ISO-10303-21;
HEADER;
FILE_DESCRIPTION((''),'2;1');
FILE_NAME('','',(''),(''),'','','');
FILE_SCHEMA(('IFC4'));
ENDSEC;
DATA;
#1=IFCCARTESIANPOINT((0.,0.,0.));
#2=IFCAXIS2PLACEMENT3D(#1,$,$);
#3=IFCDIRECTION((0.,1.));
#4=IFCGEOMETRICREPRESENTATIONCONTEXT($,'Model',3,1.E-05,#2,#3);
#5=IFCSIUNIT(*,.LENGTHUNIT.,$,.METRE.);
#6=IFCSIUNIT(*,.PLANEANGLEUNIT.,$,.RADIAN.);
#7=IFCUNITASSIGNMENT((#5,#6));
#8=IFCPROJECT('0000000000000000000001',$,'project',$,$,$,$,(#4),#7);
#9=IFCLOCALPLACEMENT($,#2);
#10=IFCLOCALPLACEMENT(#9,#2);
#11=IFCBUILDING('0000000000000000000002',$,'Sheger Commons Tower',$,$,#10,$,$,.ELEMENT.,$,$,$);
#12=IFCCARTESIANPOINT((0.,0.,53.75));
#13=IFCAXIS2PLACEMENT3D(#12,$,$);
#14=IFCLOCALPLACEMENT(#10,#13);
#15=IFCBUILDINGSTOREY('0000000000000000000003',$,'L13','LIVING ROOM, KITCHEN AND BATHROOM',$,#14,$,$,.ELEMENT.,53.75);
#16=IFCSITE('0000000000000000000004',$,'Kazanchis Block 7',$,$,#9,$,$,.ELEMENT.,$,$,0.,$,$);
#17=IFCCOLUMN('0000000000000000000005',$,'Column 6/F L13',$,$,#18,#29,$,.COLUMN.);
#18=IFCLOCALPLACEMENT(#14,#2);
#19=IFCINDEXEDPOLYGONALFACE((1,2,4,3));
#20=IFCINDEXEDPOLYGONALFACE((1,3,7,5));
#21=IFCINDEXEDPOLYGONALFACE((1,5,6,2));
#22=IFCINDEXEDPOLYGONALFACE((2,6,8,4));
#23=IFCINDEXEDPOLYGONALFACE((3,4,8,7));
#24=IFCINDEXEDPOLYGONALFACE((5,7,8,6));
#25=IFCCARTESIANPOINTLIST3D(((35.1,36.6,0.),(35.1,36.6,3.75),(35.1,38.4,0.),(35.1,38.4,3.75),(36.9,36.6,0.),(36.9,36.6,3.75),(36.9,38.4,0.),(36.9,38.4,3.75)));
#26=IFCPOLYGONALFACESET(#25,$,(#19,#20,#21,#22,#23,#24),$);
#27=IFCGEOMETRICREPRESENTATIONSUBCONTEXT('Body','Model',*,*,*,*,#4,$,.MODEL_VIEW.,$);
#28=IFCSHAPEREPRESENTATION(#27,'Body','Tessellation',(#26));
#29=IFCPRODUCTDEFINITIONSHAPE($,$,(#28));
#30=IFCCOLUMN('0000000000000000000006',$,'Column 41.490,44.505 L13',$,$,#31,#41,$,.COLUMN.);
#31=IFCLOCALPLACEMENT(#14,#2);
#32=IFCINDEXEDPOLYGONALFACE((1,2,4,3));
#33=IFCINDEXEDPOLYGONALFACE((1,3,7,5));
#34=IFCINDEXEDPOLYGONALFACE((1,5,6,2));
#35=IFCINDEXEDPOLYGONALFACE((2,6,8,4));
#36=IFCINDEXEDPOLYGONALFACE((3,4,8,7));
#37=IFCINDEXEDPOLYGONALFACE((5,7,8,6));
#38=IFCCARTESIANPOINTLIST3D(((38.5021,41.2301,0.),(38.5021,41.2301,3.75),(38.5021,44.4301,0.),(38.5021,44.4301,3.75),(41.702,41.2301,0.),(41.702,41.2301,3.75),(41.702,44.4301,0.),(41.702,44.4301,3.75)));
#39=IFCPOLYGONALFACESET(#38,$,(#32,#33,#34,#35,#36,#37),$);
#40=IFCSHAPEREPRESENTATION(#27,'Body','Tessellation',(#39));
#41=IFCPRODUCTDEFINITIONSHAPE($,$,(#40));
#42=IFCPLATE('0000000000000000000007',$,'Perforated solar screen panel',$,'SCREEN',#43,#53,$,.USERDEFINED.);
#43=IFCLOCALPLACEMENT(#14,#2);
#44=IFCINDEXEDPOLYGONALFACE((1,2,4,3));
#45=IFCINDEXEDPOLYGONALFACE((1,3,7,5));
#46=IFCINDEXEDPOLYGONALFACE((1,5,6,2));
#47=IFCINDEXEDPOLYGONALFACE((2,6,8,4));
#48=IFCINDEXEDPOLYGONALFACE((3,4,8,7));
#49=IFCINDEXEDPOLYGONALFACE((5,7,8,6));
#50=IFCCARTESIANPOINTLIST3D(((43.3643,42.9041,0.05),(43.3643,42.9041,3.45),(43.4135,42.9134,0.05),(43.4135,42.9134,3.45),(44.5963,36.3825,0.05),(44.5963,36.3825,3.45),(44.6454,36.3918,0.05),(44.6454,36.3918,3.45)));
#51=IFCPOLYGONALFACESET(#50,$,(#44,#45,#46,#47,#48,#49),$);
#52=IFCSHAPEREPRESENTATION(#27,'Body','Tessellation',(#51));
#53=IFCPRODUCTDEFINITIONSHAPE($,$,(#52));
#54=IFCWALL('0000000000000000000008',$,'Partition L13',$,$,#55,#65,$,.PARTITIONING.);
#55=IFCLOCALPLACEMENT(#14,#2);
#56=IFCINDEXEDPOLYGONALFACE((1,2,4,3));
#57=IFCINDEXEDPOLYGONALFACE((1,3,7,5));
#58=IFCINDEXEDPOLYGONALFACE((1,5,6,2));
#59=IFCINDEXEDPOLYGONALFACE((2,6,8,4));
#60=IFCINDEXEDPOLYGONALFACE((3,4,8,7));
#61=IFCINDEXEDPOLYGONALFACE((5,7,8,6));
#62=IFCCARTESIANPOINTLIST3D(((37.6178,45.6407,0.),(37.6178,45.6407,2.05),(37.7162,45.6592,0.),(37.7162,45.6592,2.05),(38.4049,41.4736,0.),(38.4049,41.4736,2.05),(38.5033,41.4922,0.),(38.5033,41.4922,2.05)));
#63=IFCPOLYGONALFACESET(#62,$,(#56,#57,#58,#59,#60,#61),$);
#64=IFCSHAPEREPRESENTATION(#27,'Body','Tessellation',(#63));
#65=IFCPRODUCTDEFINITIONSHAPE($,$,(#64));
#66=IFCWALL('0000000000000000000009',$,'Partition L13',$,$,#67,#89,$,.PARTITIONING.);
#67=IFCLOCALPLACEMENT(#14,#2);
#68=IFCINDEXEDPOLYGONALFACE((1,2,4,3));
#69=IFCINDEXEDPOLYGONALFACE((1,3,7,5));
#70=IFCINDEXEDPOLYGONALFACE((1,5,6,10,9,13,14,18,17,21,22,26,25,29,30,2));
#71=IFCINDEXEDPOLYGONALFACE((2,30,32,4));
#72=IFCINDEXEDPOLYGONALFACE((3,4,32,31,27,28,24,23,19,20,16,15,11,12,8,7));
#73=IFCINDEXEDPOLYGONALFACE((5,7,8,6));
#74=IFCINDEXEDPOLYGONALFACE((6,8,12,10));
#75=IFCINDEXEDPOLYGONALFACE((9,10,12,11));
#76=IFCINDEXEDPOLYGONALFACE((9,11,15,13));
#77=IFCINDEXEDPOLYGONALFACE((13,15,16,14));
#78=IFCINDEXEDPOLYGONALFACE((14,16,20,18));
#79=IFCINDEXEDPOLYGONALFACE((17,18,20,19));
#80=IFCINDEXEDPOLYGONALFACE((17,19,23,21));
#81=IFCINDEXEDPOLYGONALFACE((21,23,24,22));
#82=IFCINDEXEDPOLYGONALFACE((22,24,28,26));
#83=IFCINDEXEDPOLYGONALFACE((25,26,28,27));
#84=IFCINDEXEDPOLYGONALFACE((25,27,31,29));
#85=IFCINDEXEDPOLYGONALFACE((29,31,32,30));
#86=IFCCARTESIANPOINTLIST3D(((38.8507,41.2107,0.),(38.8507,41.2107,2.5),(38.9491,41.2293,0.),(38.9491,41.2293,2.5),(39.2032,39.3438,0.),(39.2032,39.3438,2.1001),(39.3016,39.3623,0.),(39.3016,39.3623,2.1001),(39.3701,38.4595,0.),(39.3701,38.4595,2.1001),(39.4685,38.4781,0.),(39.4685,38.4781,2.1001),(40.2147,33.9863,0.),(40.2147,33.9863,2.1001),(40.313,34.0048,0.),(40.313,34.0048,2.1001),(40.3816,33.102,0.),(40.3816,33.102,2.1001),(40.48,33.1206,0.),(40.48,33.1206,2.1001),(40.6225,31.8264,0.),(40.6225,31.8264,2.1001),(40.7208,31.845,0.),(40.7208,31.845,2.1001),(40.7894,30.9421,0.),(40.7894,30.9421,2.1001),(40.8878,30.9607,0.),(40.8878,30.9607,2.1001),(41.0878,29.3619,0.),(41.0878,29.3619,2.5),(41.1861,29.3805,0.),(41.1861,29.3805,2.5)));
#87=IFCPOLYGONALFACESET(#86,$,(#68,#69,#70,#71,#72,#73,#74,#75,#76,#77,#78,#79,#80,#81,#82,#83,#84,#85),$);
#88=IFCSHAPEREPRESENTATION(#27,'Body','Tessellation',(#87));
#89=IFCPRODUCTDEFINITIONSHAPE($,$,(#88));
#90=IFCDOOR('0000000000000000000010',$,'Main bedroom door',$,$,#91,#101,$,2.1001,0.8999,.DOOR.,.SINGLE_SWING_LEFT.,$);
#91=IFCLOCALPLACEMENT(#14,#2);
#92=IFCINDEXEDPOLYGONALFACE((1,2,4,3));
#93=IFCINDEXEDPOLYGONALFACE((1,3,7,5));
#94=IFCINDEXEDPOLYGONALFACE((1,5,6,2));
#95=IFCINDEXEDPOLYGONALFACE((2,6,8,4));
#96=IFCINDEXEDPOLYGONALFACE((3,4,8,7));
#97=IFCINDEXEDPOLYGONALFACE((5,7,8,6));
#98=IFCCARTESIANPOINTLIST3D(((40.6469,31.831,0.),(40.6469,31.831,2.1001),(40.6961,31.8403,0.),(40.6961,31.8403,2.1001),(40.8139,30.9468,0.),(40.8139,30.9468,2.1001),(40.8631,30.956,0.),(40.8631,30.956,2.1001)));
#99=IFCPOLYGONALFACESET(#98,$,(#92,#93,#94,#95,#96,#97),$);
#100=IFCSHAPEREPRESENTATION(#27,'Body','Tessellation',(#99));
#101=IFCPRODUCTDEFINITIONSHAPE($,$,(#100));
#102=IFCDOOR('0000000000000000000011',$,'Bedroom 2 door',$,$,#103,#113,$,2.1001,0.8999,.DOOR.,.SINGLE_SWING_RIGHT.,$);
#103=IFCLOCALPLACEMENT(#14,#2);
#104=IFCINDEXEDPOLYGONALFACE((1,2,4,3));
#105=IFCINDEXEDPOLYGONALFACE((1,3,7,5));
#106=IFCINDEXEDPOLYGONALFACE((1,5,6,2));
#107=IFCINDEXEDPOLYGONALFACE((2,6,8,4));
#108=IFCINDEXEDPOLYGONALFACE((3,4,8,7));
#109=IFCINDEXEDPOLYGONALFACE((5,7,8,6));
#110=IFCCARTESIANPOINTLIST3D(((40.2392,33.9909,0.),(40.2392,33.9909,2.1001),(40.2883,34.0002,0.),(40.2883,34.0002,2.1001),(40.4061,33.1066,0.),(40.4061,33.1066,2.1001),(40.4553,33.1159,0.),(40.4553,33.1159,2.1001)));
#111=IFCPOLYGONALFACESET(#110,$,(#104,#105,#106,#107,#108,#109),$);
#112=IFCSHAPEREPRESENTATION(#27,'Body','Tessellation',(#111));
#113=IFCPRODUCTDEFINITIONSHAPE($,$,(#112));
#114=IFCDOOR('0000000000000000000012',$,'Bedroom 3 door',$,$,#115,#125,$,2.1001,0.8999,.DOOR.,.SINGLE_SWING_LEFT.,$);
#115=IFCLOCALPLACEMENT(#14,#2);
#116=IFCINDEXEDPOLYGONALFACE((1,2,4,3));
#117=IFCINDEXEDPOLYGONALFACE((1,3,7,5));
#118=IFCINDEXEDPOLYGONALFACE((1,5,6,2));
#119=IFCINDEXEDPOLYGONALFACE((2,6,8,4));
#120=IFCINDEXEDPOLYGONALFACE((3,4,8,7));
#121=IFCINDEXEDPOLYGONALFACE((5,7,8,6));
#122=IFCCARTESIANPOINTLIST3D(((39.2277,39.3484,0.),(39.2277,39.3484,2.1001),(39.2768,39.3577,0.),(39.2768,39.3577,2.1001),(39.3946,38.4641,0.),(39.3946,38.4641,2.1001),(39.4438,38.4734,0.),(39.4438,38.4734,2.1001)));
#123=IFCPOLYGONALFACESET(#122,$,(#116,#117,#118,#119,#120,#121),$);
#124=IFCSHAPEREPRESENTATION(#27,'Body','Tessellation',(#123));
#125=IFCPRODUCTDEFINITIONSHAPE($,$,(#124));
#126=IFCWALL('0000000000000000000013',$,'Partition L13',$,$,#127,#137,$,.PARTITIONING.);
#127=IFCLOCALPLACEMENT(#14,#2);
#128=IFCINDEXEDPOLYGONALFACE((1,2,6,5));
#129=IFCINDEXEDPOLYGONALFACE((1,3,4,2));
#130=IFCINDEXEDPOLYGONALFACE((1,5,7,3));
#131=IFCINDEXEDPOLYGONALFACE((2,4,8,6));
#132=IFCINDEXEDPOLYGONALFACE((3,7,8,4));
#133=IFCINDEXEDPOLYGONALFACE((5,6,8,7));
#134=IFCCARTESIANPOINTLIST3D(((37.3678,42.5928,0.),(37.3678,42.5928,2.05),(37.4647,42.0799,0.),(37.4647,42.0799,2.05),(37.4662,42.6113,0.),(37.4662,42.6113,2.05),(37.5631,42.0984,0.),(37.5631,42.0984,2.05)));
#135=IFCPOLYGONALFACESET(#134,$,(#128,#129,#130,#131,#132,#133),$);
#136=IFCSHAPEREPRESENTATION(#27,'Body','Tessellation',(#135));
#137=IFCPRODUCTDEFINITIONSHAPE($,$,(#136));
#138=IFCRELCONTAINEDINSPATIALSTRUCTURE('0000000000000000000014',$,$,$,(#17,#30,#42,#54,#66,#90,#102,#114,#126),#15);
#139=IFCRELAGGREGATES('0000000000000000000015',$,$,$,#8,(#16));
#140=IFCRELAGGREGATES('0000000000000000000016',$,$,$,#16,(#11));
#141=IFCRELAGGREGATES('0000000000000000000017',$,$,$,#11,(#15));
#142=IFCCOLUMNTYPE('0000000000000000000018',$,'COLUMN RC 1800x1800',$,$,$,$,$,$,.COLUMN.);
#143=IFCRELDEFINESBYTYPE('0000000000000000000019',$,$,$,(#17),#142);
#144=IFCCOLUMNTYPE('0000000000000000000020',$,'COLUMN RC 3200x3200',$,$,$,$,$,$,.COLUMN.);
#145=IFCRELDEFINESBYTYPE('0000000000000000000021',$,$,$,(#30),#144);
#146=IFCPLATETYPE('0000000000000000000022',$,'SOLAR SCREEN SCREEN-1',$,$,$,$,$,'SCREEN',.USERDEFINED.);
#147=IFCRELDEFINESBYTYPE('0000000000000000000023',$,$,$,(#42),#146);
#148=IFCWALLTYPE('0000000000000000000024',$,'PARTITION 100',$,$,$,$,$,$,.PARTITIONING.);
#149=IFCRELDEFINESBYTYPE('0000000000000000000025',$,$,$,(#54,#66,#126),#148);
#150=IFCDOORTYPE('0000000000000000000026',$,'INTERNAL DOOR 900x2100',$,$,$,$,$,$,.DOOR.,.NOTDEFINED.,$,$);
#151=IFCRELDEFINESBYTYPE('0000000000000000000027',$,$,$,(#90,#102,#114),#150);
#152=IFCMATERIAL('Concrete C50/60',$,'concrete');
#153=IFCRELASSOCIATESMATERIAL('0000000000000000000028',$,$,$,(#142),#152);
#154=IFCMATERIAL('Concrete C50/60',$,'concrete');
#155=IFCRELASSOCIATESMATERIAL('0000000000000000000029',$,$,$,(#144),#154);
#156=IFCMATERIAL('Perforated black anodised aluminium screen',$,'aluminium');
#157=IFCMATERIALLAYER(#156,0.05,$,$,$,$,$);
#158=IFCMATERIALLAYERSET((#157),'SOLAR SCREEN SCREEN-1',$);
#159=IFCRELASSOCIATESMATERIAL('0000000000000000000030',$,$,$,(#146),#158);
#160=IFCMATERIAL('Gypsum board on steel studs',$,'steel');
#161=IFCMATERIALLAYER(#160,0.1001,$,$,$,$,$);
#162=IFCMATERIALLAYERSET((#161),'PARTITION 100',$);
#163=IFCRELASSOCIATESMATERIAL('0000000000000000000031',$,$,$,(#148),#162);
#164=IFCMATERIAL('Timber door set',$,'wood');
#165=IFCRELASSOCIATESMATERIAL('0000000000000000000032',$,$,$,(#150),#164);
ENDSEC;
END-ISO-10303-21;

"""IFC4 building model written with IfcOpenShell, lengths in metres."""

from ifc_helpers import new_model, si_unit, direction, frame, frame_2d, origin, origin_2d, place, context, subcontext, project, spatial, rectangle, extrude, material, layer, layer_set, material_profile, profile_set, type_object, element, fill, save


model = new_model("IFC4")

# Units and contexts
model_context = context("Model", 3, precision=1e-05, world=origin(), true_north=direction((0.0, 1.0)))
body_context = subcontext(model_context, "Body", "Model", "MODEL_VIEW")
ifc_project = project(units=[si_unit("LENGTHUNIT", "METRE"), si_unit("PLANEANGLEUNIT", "RADIAN")], contexts=[model_context])

# Site, building, storey
site_placement = place(None, origin())
site = spatial("IfcSite", under=ifc_project, at=site_placement, Name="Kazanchis Block 7", CompositionType="ELEMENT", RefElevation=0.0)
building_placement = place(site_placement, origin())
building = spatial("IfcBuilding", under=site, at=building_placement, Name="Sheger Commons Tower", CompositionType="ELEMENT")
storey_placement = place(building_placement, frame((0.0, 0.0, 53.75)))
storey = spatial("IfcBuildingStorey", under=building, at=storey_placement, Name="L13", Description="LIVING ROOM, KITCHEN AND BATHROOM", CompositionType="ELEMENT", Elevation=53.75)

# Columns
ifc_material_1 = material(Name="Concrete C50/60", Category="concrete")
ifc_material_profile_1 = material_profile(ifc_material_1, rectangle(XDim=1.8, YDim=1.8, at=origin_2d()), Name="RC 1800x1800")
ifc_profile_set_1 = profile_set([ifc_material_profile_1], Name="Concrete C50/60")
column_type_1 = type_object("IfcColumnType", Name="COLUMN RC 1800x1800", PredefinedType="COLUMN", material=ifc_profile_set_1)
column_1_placement = place(storey_placement, frame((36.0, 37.5, 0.0), z_axis=(0.0, 0.0, 1.0), x_axis=(1.0, 0.0, 0.0)))
element("IfcColumn", 1, at=column_1_placement, inside=storey, type_object=column_type_1, Name="Column 6/F L13", PredefinedType="COLUMN", context=body_context, shape_type="SweptSolid", body=[
    extrude(rectangle(XDim=1.8, YDim=1.8, at=origin_2d()), origin(), (0.0, 0.0, 1.0), 3.75),
])
ifc_material_2 = material(Name="Concrete C50/60", Category="concrete")
ifc_material_profile_2 = material_profile(ifc_material_2, rectangle(XDim=3.2, YDim=3.2, at=origin_2d()), Name="RC 3200x3200")
ifc_profile_set_2 = profile_set([ifc_material_profile_2], Name="Concrete C50/60")
column_type_2 = type_object("IfcColumnType", Name="COLUMN RC 3200x3200", PredefinedType="COLUMN", material=ifc_profile_set_2)
column_2_placement = place(storey_placement, frame((40.1021, 42.8301, 0.0), z_axis=(0.0, 0.0, 1.0), x_axis=(1.0, 0.0, 0.0)))
element("IfcColumn", 2, at=column_2_placement, inside=storey, type_object=column_type_2, Name="Column 41.490,44.505 L13", PredefinedType="COLUMN", context=body_context, shape_type="SweptSolid", body=[
    extrude(rectangle(XDim=3.2, YDim=3.2, at=origin_2d()), origin(), (0.0, 0.0, 1.0), 3.75),
])

# Plate
ifc_material_3 = material(Name="Perforated black anodised aluminium screen", Category="aluminium")
ifc_layer_1 = layer(ifc_material_3, 0.05)
ifc_layer_set_1 = layer_set([ifc_layer_1], Name="SOLAR SCREEN SCREEN-1")
plate_type = type_object("IfcPlateType", Name="SOLAR SCREEN SCREEN-1", ElementType="SCREEN", PredefinedType="USERDEFINED", material=ifc_layer_set_1)
plate_placement = place(storey_placement, frame((44.0049, 39.6479, 0.05), z_axis=(0.0, 0.0, 1.0), x_axis=(-0.185615, 0.982623, 0.0)))
element("IfcPlate", 3, at=plate_placement, inside=storey, type_object=plate_type, Name="Perforated solar screen panel", ObjectType="SCREEN", PredefinedType="USERDEFINED", context=body_context, shape_type="SweptSolid", body=[
    extrude(rectangle(XDim=6.637, YDim=0.05, at=origin_2d()), origin(), (0.0, 0.0, 1.0), 3.3999),
])

# Wall
ifc_material_4 = material(Name="Gypsum board on steel studs", Category="steel")
ifc_layer_2 = layer(ifc_material_4, 0.1001)
ifc_layer_set_2 = layer_set([ifc_layer_2], Name="PARTITION 100")
wall_type = type_object("IfcWallType", Name="PARTITION 100", PredefinedType="PARTITIONING", material=ifc_layer_set_2)
wall_1_placement = place(storey_placement, frame((38.4541, 41.4829, 0.0), z_axis=(0.0, 0.0, 1.0), x_axis=(-0.185609, 0.982624, 0.0)))
element("IfcWall", 4, at=wall_1_placement, inside=storey, type_object=wall_type, Name="Partition L13", PredefinedType="PARTITIONING", context=body_context, shape_type="SweptSolid", body=[
    extrude(rectangle(XDim=4.2407, YDim=0.1001, at=frame_2d((2.1204, 0.0))), origin(), (0.0, 0.0, 1.0), 2.05),
])

# Wall, openings, doors
wall_2_placement = place(storey_placement, frame((38.8999, 41.22, 0.0), z_axis=(0.0, 0.0, 1.0), x_axis=(0.185522, -0.98264, 0.0)))
wall_2 = element("IfcWall", 5, at=wall_2_placement, inside=storey, type_object=wall_type, Name="Partition L13", PredefinedType="PARTITIONING", context=body_context, shape_type="SweptSolid", body=[
    extrude(rectangle(XDim=12.0581, YDim=0.1001, at=frame_2d((6.0291, 0.0))), origin(), (0.0, 0.0, 1.0), 2.5),
])
opening_1_placement = place(wall_2_placement, frame((9.55, 0.0, 0.0)))
opening_1 = element("IfcOpeningElement", 6, at=opening_1_placement, cuts=wall_2, PredefinedType="OPENING", context=body_context, shape_type="SweptSolid", body=[
    extrude(rectangle(XDim=0.8999, YDim=2.1001, at=frame_2d((0.45, 1.05))), frame((0.0, 0.0601, 0.0), z_axis=(0.0, -1.0, 0.0), x_axis=(1.0, 0.0, 0.0)), (0.0, 0.0, 1.0), 0.1201),
])
opening_2_placement = place(wall_2_placement, frame((7.3521, 0.0, 0.0)))
opening_2 = element("IfcOpeningElement", 7, at=opening_2_placement, cuts=wall_2, PredefinedType="OPENING", context=body_context, shape_type="SweptSolid", body=[
    extrude(rectangle(XDim=0.8999, YDim=2.1001, at=frame_2d((0.45, 1.05))), frame((0.0, 0.0601, 0.0), z_axis=(0.0, -1.0, 0.0), x_axis=(1.0, 0.0, 0.0)), (0.0, 0.0, 1.0), 0.1201),
])
opening_3_placement = place(wall_2_placement, frame((1.8999, 0.0, 0.0)))
opening_3 = element("IfcOpeningElement", 8, at=opening_3_placement, cuts=wall_2, PredefinedType="OPENING", context=body_context, shape_type="SweptSolid", body=[
    extrude(rectangle(XDim=0.8999, YDim=2.1001, at=frame_2d((0.45, 1.05))), frame((0.0, 0.0601, 0.0), z_axis=(0.0, -1.0, 0.0), x_axis=(1.0, 0.0, 0.0)), (0.0, 0.0, 1.0), 0.1201),
])
ifc_material_5 = material(Name="Timber door set", Category="wood")
door_type = type_object("IfcDoorType", Name="INTERNAL DOOR 900x2100", OperationType="NOTDEFINED", PredefinedType="DOOR", material=ifc_material_5)
door_1_placement = place(opening_1_placement, origin())
door_1 = element("IfcDoor", 9, at=door_1_placement, inside=storey, type_object=door_type, Name="Main bedroom door", OperationType="SINGLE_SWING_LEFT", OverallHeight=2.1001, OverallWidth=0.8999, PredefinedType="DOOR", context=body_context, shape_type="SweptSolid", body=[
    extrude(rectangle(XDim=0.8999, YDim=2.1001, at=frame_2d((0.45, 1.05))), frame((0.0, 0.0249, 0.0), z_axis=(0.0, -1.0, 0.0), x_axis=(1.0, 0.0, 0.0)), (0.0, 0.0, 1.0), 0.05),
])
fill(opening_1, door_1)
door_2_placement = place(opening_2_placement, origin())
door_2 = element("IfcDoor", 10, at=door_2_placement, inside=storey, type_object=door_type, Name="Bedroom 2 door", OperationType="SINGLE_SWING_RIGHT", OverallHeight=2.1001, OverallWidth=0.8999, PredefinedType="DOOR", context=body_context, shape_type="SweptSolid", body=[
    extrude(rectangle(XDim=0.8999, YDim=2.1001, at=frame_2d((0.45, 1.05))), frame((0.0, 0.0249, 0.0), z_axis=(0.0, -1.0, 0.0), x_axis=(1.0, 0.0, 0.0)), (0.0, 0.0, 1.0), 0.05),
])
fill(opening_2, door_2)
door_3_placement = place(opening_3_placement, origin())
door_3 = element("IfcDoor", 11, at=door_3_placement, inside=storey, type_object=door_type, Name="Bedroom 3 door", OperationType="SINGLE_SWING_LEFT", OverallHeight=2.1001, OverallWidth=0.8999, PredefinedType="DOOR", context=body_context, shape_type="SweptSolid", body=[
    extrude(rectangle(XDim=0.8999, YDim=2.1001, at=frame_2d((0.45, 1.05))), frame((0.0, 0.0249, 0.0), z_axis=(0.0, -1.0, 0.0), x_axis=(1.0, 0.0, 0.0)), (0.0, 0.0, 1.0), 0.05),
])
fill(opening_3, door_3)

# Wall
wall_3_placement = place(storey_placement, frame((37.417, 42.6021, 0.0), z_axis=(0.0, 0.0, 1.0), x_axis=(0.185672, -0.982612, 0.0)))
element("IfcWall", 12, at=wall_3_placement, inside=storey, type_object=wall_type, Name="Partition L13", PredefinedType="PARTITIONING", context=body_context, shape_type="SweptSolid", body=[
    extrude(rectangle(XDim=0.522, YDim=0.1001, at=frame_2d((0.261, 0.0))), origin(), (0.0, 0.0, 1.0), 2.05),
])

save(model, "model.ifc")
